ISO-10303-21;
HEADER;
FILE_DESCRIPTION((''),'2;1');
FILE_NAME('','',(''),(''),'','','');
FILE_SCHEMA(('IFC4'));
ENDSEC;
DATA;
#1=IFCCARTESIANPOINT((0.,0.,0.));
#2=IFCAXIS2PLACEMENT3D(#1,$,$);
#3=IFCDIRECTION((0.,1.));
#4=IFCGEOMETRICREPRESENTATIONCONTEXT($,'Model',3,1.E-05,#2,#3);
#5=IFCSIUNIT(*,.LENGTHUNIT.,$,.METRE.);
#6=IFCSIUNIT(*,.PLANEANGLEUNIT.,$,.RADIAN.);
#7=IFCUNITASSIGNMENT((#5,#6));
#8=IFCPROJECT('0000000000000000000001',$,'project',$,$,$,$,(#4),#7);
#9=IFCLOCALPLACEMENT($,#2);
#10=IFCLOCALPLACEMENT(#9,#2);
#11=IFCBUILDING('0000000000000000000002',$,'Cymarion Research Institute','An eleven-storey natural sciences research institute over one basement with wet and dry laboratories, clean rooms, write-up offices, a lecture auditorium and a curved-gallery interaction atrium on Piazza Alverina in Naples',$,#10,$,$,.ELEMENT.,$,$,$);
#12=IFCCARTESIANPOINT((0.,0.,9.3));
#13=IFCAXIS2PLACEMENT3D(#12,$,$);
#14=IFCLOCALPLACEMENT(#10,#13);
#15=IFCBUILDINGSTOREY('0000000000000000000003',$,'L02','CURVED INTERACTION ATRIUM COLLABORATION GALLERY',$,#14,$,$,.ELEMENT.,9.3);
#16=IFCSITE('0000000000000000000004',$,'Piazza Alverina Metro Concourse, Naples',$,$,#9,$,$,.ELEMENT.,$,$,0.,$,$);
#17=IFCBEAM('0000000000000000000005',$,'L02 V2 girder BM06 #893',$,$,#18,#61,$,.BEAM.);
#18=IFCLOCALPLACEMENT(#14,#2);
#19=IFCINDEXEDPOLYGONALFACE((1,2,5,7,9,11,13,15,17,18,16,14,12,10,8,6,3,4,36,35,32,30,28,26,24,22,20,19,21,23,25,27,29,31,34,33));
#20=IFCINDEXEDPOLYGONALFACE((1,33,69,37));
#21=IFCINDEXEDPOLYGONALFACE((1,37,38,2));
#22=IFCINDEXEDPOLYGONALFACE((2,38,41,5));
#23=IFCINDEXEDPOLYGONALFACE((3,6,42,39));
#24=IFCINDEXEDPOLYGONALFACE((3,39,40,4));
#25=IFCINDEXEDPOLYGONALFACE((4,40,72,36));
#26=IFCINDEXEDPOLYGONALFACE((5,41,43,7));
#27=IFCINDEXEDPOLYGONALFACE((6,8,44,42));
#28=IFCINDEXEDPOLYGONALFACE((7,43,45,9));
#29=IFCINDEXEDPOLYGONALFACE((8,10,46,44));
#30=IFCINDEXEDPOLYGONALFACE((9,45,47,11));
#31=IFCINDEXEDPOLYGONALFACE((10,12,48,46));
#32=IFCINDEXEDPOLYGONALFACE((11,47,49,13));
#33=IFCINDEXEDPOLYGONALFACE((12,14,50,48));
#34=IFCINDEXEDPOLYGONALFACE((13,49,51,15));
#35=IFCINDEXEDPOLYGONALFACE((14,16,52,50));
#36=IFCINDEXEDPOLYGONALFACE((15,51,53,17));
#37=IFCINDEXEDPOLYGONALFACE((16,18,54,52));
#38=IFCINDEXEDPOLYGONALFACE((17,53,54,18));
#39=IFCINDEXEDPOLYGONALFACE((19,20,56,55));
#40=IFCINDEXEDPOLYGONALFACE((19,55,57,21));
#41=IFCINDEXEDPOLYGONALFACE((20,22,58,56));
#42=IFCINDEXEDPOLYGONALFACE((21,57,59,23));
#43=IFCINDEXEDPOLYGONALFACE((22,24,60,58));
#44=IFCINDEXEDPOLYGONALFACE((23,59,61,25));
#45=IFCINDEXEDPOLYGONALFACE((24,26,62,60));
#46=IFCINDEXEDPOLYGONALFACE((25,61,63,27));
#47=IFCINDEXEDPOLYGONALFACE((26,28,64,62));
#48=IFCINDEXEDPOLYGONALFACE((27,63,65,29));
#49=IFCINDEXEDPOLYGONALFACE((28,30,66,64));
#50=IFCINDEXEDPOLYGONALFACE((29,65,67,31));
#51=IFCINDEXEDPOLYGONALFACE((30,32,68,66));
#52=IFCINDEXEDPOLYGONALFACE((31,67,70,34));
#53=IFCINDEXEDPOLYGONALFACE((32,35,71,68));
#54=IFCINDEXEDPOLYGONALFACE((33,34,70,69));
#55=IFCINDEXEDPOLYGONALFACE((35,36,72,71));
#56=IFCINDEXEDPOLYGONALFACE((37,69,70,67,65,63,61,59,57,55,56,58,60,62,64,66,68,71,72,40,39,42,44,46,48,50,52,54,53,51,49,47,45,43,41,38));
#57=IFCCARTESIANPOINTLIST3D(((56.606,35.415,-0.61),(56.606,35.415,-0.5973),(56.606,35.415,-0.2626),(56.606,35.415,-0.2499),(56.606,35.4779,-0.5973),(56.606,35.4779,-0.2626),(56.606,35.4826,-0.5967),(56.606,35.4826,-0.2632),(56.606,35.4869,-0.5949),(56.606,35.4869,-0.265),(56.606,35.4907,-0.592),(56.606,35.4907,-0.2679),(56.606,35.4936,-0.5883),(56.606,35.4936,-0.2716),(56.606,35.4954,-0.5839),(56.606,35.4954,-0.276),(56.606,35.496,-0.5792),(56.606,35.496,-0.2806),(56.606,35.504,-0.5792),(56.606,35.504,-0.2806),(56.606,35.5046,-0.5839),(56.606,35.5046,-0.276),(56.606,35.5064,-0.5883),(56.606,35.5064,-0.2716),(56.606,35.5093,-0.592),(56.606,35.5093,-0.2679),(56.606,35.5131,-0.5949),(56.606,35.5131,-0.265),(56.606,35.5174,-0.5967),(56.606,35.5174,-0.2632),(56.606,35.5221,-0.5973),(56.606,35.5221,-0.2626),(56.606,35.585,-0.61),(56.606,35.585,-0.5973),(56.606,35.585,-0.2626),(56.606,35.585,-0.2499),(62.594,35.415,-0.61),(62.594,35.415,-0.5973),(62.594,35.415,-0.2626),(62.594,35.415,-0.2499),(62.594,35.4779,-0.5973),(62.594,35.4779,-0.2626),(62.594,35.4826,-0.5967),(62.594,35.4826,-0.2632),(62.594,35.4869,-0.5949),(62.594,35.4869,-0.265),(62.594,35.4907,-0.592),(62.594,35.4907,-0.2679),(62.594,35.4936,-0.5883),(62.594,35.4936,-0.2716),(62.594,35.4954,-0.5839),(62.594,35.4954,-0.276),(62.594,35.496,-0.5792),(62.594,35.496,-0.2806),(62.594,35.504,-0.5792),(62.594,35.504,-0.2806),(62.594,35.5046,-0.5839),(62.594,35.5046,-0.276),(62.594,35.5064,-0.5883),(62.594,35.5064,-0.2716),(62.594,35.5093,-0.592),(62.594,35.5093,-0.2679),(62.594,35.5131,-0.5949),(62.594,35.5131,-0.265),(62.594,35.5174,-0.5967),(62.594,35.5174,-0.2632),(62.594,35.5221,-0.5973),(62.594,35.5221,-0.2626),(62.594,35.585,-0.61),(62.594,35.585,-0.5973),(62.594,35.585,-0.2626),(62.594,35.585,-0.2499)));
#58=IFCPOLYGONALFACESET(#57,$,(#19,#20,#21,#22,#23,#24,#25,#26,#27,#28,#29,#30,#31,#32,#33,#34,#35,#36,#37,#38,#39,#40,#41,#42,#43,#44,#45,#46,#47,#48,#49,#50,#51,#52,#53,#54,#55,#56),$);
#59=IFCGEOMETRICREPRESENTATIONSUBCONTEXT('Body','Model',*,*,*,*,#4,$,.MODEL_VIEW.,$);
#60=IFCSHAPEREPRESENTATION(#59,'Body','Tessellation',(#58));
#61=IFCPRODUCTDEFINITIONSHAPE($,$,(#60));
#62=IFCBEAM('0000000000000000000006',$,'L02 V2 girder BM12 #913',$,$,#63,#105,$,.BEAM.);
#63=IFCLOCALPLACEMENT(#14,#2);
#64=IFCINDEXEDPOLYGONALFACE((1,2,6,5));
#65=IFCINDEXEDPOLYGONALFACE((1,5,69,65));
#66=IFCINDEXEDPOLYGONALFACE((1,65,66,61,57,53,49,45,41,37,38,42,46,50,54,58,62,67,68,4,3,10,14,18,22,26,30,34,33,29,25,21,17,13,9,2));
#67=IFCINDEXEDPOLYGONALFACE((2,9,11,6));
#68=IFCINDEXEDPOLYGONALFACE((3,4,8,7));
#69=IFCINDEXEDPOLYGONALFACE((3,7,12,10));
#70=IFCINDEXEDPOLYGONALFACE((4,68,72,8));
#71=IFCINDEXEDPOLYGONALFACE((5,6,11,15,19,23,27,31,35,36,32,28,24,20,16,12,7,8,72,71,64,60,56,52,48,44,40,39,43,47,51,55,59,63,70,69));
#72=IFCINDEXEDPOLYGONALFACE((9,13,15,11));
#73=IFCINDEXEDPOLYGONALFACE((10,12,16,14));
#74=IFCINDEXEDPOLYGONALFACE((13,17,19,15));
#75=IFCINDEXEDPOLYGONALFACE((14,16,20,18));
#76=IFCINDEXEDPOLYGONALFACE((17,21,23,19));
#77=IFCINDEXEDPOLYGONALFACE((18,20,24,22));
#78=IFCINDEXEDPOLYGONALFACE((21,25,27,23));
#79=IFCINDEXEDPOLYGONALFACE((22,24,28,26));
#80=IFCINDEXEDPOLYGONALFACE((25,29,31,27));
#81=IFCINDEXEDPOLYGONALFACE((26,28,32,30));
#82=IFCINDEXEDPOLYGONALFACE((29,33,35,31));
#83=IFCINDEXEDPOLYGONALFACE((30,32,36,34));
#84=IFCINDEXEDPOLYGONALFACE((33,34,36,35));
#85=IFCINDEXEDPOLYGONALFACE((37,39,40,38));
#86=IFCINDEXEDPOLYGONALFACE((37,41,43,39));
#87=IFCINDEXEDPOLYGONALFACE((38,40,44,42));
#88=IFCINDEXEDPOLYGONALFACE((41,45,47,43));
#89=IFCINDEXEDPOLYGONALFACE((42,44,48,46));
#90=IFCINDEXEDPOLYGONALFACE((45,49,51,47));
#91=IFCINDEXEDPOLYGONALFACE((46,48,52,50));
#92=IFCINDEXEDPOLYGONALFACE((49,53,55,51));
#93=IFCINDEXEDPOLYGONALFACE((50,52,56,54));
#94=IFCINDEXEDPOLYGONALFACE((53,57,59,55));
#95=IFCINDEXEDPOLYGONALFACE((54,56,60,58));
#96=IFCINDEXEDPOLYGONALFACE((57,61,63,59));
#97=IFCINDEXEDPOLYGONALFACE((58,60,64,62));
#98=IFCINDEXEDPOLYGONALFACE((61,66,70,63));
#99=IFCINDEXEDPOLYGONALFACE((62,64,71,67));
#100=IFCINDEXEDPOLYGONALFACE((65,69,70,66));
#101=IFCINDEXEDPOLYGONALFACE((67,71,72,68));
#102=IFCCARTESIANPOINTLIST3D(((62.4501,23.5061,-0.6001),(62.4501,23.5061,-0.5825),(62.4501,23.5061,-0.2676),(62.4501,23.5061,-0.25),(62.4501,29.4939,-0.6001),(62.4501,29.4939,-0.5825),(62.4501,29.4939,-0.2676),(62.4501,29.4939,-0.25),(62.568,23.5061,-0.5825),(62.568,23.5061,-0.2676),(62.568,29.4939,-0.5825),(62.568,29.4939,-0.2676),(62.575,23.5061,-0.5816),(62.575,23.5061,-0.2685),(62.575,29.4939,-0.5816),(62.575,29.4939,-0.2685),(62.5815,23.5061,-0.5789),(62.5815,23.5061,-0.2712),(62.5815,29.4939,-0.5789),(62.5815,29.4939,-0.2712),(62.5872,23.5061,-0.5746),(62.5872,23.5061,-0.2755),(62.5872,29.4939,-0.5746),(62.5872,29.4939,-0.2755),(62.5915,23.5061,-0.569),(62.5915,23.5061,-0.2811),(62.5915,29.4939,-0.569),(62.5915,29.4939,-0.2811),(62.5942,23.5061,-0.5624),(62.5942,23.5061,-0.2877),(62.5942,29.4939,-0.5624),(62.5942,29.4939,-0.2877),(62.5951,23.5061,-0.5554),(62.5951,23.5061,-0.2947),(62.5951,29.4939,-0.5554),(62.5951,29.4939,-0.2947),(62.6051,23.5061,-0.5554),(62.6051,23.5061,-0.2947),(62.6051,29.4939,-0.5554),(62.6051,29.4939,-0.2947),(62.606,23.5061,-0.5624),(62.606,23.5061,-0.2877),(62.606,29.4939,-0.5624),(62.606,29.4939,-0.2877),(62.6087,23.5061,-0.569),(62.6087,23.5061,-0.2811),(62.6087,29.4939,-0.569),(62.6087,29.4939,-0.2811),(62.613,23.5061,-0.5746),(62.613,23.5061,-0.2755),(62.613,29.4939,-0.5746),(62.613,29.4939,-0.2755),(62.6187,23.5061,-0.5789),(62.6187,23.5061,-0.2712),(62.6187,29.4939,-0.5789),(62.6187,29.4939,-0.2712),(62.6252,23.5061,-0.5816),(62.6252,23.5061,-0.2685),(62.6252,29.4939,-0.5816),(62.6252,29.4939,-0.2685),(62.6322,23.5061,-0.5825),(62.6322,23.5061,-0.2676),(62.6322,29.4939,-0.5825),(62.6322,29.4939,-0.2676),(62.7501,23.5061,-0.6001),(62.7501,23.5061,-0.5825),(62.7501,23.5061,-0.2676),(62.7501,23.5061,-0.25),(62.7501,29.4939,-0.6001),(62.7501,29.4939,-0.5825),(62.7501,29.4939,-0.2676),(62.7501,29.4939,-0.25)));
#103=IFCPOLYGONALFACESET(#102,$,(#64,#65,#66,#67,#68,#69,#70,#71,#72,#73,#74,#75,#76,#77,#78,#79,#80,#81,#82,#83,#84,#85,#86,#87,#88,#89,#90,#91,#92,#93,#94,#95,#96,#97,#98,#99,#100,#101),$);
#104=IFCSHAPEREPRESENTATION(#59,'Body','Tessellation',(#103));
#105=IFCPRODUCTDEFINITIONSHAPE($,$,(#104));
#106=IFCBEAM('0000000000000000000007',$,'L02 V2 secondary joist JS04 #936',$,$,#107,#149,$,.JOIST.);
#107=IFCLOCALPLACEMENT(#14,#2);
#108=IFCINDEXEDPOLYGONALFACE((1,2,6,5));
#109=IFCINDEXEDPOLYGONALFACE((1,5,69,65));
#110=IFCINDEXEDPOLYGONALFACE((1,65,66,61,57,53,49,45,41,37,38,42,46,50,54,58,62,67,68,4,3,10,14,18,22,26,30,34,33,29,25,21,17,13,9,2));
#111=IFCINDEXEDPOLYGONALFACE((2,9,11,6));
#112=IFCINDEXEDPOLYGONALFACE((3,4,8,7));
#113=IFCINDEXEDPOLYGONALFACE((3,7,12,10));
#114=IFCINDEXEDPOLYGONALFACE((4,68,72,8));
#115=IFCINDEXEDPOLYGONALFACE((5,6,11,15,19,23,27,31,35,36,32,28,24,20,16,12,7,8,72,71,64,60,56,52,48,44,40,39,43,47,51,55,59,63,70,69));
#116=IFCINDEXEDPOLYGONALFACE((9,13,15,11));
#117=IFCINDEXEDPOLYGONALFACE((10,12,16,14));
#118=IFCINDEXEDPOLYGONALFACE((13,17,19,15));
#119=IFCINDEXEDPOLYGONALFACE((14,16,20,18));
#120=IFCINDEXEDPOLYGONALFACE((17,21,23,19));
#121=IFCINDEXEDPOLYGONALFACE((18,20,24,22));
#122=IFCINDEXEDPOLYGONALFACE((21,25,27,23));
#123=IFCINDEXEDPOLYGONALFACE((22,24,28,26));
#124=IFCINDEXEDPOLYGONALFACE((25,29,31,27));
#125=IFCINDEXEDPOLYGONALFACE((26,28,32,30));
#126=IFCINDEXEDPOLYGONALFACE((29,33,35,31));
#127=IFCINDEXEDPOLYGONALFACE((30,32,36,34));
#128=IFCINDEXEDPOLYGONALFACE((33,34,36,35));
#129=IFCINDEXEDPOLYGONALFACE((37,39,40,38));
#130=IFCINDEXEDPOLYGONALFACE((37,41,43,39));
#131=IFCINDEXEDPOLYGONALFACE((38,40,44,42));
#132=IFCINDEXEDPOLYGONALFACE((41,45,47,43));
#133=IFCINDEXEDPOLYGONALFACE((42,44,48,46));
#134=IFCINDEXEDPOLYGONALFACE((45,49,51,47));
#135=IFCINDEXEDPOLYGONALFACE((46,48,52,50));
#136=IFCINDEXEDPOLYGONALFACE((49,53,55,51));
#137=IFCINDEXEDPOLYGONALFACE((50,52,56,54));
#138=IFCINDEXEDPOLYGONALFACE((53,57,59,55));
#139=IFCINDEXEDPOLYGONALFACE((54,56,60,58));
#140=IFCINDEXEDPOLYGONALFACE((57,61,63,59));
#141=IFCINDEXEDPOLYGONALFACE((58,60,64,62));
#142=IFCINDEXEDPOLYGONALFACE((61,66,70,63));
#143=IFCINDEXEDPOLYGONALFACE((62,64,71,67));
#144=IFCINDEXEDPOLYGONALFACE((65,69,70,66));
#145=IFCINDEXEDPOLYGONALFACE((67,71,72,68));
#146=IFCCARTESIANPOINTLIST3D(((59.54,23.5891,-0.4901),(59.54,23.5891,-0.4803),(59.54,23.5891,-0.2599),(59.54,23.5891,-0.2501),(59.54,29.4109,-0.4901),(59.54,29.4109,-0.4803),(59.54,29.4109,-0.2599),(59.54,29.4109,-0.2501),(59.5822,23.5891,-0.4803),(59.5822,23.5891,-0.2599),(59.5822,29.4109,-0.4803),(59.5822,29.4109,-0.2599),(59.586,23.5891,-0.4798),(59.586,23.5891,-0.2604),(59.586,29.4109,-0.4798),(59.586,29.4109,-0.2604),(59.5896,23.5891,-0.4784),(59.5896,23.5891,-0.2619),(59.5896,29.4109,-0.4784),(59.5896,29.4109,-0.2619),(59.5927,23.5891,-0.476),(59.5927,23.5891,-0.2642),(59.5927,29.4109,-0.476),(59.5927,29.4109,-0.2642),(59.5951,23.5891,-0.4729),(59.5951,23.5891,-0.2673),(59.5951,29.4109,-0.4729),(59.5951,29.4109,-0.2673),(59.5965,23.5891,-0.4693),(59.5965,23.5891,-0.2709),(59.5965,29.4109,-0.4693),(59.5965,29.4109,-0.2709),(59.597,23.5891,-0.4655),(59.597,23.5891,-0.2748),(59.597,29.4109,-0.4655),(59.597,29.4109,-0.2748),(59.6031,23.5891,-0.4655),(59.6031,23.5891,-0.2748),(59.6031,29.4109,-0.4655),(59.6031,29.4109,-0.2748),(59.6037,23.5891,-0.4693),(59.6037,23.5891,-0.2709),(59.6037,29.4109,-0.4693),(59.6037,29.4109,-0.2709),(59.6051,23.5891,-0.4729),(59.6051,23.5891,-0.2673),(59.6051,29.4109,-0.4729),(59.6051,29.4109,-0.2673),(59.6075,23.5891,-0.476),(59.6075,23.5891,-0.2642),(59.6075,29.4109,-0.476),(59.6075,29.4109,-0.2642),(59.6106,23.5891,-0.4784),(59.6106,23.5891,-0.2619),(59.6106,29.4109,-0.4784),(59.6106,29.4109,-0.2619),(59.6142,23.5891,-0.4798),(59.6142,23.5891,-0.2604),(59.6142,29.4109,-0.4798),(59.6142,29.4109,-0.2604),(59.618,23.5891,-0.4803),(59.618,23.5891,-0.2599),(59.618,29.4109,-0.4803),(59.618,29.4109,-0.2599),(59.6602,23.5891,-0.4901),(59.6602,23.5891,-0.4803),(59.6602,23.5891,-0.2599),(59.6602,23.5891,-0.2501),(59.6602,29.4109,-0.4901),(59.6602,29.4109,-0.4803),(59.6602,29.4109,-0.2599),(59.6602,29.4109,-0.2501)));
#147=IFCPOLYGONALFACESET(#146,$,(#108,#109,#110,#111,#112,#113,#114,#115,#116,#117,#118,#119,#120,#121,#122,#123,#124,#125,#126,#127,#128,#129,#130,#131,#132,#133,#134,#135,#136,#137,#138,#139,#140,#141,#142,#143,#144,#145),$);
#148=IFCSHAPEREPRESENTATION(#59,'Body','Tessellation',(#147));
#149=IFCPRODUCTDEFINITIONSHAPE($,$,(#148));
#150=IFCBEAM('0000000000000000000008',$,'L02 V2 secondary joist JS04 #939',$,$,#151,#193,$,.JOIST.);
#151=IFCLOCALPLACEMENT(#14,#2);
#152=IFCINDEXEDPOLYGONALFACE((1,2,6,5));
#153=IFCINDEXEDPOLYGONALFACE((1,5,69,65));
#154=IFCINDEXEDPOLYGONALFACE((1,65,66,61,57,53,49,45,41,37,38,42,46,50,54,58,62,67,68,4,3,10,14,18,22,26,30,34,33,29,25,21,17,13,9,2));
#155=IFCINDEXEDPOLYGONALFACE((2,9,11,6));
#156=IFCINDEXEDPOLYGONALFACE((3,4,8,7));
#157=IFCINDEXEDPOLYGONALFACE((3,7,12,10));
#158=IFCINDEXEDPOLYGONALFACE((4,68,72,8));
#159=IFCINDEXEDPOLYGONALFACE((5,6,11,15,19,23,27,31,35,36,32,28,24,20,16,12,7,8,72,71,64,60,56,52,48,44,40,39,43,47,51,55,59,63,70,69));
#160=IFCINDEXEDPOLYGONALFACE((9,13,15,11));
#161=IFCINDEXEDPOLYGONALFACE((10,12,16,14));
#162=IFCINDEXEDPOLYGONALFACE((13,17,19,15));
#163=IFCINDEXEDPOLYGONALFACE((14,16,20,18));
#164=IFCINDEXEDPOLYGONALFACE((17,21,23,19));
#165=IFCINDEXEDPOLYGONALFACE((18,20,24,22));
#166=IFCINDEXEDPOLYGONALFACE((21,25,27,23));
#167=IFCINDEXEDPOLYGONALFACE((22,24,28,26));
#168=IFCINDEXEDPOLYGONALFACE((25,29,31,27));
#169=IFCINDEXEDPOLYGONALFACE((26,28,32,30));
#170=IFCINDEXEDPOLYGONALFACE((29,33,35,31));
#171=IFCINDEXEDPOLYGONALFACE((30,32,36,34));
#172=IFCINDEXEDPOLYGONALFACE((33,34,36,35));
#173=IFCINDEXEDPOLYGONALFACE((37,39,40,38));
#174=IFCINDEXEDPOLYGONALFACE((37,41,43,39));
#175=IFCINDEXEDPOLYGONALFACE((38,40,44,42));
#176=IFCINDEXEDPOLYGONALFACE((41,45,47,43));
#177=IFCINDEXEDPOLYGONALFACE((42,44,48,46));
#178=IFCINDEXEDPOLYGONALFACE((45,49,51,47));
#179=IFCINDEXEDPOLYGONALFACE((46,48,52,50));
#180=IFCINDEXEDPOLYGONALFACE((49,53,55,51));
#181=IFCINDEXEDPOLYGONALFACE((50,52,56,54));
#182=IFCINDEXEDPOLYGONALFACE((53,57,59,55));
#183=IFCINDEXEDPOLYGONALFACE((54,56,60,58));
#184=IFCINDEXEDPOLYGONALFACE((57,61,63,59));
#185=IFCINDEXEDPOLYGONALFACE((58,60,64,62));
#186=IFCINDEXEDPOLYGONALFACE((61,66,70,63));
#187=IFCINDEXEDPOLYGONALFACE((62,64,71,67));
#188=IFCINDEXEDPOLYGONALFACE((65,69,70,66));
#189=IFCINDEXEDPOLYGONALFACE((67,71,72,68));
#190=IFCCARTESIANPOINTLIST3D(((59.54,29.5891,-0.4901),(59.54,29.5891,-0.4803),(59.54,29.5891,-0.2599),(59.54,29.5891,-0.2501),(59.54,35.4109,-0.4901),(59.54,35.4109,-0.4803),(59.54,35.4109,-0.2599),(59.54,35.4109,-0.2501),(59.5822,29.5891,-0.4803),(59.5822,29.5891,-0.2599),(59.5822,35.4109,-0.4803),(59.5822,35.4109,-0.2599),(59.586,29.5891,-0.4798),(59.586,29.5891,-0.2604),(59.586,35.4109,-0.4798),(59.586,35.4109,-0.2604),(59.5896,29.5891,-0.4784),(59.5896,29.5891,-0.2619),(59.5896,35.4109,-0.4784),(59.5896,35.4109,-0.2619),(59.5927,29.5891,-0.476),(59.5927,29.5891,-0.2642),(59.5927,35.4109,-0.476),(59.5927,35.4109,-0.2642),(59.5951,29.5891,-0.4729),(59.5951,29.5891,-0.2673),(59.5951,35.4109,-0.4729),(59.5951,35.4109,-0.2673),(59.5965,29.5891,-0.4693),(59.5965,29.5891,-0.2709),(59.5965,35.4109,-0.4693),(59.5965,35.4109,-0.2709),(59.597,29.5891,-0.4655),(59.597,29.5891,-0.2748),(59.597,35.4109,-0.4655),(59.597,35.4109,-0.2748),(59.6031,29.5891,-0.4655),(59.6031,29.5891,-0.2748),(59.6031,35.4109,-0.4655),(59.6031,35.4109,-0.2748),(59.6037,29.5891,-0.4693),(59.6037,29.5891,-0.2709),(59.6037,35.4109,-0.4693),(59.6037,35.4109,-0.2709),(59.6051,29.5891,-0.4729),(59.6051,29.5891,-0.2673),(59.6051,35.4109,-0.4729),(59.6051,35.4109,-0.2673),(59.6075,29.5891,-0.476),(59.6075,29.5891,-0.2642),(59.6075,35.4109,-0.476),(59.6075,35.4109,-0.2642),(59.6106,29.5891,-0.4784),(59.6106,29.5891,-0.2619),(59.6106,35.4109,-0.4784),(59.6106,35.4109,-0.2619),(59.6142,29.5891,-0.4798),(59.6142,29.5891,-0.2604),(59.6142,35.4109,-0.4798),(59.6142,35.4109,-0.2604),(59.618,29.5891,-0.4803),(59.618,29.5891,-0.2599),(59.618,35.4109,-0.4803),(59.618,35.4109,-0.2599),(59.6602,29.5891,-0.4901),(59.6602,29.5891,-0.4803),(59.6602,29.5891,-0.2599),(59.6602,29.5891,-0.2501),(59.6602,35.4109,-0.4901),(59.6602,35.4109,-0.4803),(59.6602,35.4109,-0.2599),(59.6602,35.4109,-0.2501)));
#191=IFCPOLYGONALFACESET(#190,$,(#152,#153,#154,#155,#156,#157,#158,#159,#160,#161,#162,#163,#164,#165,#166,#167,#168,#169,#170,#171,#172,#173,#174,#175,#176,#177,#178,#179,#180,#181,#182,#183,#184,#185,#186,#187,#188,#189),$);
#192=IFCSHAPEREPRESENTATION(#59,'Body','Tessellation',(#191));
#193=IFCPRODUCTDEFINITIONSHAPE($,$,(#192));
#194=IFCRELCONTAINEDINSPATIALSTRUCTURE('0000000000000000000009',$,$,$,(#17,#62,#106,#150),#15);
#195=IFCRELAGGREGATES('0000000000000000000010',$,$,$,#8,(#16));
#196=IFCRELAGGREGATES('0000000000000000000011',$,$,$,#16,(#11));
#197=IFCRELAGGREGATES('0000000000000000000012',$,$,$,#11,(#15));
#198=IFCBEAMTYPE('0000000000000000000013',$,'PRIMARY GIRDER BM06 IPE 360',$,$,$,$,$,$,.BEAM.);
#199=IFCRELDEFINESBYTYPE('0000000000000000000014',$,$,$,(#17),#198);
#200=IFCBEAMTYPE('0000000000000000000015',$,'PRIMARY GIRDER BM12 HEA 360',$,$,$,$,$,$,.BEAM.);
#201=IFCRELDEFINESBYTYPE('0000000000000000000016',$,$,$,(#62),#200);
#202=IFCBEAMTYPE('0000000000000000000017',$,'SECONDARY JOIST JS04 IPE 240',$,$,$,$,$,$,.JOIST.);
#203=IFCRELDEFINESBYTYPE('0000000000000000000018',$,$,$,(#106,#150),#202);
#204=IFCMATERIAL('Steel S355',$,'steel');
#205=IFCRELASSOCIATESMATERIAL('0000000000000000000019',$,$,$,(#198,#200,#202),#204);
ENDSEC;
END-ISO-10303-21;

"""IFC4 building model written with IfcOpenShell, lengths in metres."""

from ifc_helpers import new_model, si_unit, direction, frame, origin, origin_2d, place, context, subcontext, project, spatial, i_section, extrude, material, material_profile, profile_set, type_object, element, save


model = new_model("IFC4")

# Units and contexts
model_context = context("Model", 3, precision=1e-05, world=origin(), true_north=direction((0.0, 1.0)))
body_context = subcontext(model_context, "Body", "Model", "MODEL_VIEW")
ifc_project = project(units=[si_unit("LENGTHUNIT", "METRE"), si_unit("PLANEANGLEUNIT", "RADIAN")], contexts=[model_context])

# Site, building, storey
site_placement = place(None, origin())
site = spatial("IfcSite", under=ifc_project, at=site_placement, Name="Piazza Alverina Metro Concourse, Naples", CompositionType="ELEMENT", RefElevation=0.0)
building_placement = place(site_placement, origin())
building = spatial("IfcBuilding", under=site, at=building_placement, Name="Cymarion Research Institute", Description="An eleven-storey natural sciences research institute over one basement with wet and dry laboratories, clean rooms, write-up offices, a lecture auditorium and a curved-gallery interaction atrium on Piazza Alverina in Naples", CompositionType="ELEMENT")
storey_placement = place(building_placement, frame((0.0, 0.0, 9.3)))
storey = spatial("IfcBuildingStorey", under=building, at=storey_placement, Name="L02", Description="CURVED INTERACTION ATRIUM COLLABORATION GALLERY", CompositionType="ELEMENT", Elevation=9.3)

# Shared definitions
ifc_material_1 = material(Name="Steel S355", Category="steel")

# Beams
ifc_material_profile_1 = material_profile(ifc_material_1, i_section(OverallWidth=0.1699, OverallDepth=0.3601, WebThickness=0.0081, FlangeThickness=0.0127, FilletRadius=0.0181, at=origin_2d()), Name="IPE 360")
ifc_profile_set_1 = profile_set([ifc_material_profile_1], Name="Steel S355")
beam_type_1 = type_object("IfcBeamType", Name="PRIMARY GIRDER BM06 IPE 360", PredefinedType="BEAM", material=ifc_profile_set_1)
for number, where, z_axis, x_axis, name in (
    (1, (56.606, 35.5, -0.4299), (1.0, 0.0, 0.0), (0.0, 1.0, 0.0), "L02 V2 girder BM06 #893"),
):
    element("IfcBeam", number, at=place(storey_placement, frame(where, z_axis=z_axis, x_axis=x_axis)), inside=storey, type_object=beam_type_1, Name=name, PredefinedType="BEAM", context=body_context, shape_type="SweptSolid", body=[
        extrude(i_section(OverallWidth=0.1699, OverallDepth=0.3601, WebThickness=0.0081, FlangeThickness=0.0127, FilletRadius=0.0181, at=origin_2d()), origin(), (0.0, 0.0, 1.0), 5.988),
    ])
ifc_material_profile_2 = material_profile(ifc_material_1, i_section(OverallWidth=0.3, OverallDepth=0.3501, WebThickness=0.01, FlangeThickness=0.0176, FilletRadius=0.0271, at=origin_2d()), Name="HEA 360")
ifc_profile_set_2 = profile_set([ifc_material_profile_2], Name="Steel S355")
beam_type_2 = type_object("IfcBeamType", Name="PRIMARY GIRDER BM12 HEA 360", PredefinedType="BEAM", material=ifc_profile_set_2)
beam_placement = place(storey_placement, frame((62.6001, 23.5061, -0.425), z_axis=(0.0, 1.0, 0.0), x_axis=(-1.0, 0.0, 0.0)))
element("IfcBeam", 2, at=beam_placement, inside=storey, type_object=beam_type_2, Name="L02 V2 girder BM12 #913", PredefinedType="BEAM", context=body_context, shape_type="SweptSolid", body=[
    extrude(i_section(OverallWidth=0.3, OverallDepth=0.3501, WebThickness=0.01, FlangeThickness=0.0176, FilletRadius=0.0271, at=origin_2d()), origin(), (0.0, 0.0, 1.0), 5.9878),
])
ifc_material_profile_3 = material_profile(ifc_material_1, i_section(OverallWidth=0.1201, OverallDepth=0.24, WebThickness=0.0061, FlangeThickness=0.0098, FilletRadius=0.0149, at=origin_2d()), Name="IPE 240")
ifc_profile_set_3 = profile_set([ifc_material_profile_3], Name="Steel S355")
beam_type_3 = type_object("IfcBeamType", Name="SECONDARY JOIST JS04 IPE 240", PredefinedType="JOIST", material=ifc_profile_set_3)
for number, where, z_axis, x_axis, name in (
    (3, (59.6001, 23.5891, -0.3701), (0.0, 1.0, 0.0), (-1.0, 0.0, 0.0), "L02 V2 secondary joist JS04 #936"),
    (4, (59.6001, 29.5891, -0.3701), (0.0, 1.0, 0.0), (-1.0, 0.0, 0.0), "L02 V2 secondary joist JS04 #939"),
):
    element("IfcBeam", number, at=place(storey_placement, frame(where, z_axis=z_axis, x_axis=x_axis)), inside=storey, type_object=beam_type_3, Name=name, PredefinedType="JOIST", context=body_context, shape_type="SweptSolid", body=[
        extrude(i_section(OverallWidth=0.1201, OverallDepth=0.24, WebThickness=0.0061, FlangeThickness=0.0098, FilletRadius=0.0149, at=origin_2d()), origin(), (0.0, 0.0, 1.0), 5.8218),
    ])

save(model, "model.ifc")
